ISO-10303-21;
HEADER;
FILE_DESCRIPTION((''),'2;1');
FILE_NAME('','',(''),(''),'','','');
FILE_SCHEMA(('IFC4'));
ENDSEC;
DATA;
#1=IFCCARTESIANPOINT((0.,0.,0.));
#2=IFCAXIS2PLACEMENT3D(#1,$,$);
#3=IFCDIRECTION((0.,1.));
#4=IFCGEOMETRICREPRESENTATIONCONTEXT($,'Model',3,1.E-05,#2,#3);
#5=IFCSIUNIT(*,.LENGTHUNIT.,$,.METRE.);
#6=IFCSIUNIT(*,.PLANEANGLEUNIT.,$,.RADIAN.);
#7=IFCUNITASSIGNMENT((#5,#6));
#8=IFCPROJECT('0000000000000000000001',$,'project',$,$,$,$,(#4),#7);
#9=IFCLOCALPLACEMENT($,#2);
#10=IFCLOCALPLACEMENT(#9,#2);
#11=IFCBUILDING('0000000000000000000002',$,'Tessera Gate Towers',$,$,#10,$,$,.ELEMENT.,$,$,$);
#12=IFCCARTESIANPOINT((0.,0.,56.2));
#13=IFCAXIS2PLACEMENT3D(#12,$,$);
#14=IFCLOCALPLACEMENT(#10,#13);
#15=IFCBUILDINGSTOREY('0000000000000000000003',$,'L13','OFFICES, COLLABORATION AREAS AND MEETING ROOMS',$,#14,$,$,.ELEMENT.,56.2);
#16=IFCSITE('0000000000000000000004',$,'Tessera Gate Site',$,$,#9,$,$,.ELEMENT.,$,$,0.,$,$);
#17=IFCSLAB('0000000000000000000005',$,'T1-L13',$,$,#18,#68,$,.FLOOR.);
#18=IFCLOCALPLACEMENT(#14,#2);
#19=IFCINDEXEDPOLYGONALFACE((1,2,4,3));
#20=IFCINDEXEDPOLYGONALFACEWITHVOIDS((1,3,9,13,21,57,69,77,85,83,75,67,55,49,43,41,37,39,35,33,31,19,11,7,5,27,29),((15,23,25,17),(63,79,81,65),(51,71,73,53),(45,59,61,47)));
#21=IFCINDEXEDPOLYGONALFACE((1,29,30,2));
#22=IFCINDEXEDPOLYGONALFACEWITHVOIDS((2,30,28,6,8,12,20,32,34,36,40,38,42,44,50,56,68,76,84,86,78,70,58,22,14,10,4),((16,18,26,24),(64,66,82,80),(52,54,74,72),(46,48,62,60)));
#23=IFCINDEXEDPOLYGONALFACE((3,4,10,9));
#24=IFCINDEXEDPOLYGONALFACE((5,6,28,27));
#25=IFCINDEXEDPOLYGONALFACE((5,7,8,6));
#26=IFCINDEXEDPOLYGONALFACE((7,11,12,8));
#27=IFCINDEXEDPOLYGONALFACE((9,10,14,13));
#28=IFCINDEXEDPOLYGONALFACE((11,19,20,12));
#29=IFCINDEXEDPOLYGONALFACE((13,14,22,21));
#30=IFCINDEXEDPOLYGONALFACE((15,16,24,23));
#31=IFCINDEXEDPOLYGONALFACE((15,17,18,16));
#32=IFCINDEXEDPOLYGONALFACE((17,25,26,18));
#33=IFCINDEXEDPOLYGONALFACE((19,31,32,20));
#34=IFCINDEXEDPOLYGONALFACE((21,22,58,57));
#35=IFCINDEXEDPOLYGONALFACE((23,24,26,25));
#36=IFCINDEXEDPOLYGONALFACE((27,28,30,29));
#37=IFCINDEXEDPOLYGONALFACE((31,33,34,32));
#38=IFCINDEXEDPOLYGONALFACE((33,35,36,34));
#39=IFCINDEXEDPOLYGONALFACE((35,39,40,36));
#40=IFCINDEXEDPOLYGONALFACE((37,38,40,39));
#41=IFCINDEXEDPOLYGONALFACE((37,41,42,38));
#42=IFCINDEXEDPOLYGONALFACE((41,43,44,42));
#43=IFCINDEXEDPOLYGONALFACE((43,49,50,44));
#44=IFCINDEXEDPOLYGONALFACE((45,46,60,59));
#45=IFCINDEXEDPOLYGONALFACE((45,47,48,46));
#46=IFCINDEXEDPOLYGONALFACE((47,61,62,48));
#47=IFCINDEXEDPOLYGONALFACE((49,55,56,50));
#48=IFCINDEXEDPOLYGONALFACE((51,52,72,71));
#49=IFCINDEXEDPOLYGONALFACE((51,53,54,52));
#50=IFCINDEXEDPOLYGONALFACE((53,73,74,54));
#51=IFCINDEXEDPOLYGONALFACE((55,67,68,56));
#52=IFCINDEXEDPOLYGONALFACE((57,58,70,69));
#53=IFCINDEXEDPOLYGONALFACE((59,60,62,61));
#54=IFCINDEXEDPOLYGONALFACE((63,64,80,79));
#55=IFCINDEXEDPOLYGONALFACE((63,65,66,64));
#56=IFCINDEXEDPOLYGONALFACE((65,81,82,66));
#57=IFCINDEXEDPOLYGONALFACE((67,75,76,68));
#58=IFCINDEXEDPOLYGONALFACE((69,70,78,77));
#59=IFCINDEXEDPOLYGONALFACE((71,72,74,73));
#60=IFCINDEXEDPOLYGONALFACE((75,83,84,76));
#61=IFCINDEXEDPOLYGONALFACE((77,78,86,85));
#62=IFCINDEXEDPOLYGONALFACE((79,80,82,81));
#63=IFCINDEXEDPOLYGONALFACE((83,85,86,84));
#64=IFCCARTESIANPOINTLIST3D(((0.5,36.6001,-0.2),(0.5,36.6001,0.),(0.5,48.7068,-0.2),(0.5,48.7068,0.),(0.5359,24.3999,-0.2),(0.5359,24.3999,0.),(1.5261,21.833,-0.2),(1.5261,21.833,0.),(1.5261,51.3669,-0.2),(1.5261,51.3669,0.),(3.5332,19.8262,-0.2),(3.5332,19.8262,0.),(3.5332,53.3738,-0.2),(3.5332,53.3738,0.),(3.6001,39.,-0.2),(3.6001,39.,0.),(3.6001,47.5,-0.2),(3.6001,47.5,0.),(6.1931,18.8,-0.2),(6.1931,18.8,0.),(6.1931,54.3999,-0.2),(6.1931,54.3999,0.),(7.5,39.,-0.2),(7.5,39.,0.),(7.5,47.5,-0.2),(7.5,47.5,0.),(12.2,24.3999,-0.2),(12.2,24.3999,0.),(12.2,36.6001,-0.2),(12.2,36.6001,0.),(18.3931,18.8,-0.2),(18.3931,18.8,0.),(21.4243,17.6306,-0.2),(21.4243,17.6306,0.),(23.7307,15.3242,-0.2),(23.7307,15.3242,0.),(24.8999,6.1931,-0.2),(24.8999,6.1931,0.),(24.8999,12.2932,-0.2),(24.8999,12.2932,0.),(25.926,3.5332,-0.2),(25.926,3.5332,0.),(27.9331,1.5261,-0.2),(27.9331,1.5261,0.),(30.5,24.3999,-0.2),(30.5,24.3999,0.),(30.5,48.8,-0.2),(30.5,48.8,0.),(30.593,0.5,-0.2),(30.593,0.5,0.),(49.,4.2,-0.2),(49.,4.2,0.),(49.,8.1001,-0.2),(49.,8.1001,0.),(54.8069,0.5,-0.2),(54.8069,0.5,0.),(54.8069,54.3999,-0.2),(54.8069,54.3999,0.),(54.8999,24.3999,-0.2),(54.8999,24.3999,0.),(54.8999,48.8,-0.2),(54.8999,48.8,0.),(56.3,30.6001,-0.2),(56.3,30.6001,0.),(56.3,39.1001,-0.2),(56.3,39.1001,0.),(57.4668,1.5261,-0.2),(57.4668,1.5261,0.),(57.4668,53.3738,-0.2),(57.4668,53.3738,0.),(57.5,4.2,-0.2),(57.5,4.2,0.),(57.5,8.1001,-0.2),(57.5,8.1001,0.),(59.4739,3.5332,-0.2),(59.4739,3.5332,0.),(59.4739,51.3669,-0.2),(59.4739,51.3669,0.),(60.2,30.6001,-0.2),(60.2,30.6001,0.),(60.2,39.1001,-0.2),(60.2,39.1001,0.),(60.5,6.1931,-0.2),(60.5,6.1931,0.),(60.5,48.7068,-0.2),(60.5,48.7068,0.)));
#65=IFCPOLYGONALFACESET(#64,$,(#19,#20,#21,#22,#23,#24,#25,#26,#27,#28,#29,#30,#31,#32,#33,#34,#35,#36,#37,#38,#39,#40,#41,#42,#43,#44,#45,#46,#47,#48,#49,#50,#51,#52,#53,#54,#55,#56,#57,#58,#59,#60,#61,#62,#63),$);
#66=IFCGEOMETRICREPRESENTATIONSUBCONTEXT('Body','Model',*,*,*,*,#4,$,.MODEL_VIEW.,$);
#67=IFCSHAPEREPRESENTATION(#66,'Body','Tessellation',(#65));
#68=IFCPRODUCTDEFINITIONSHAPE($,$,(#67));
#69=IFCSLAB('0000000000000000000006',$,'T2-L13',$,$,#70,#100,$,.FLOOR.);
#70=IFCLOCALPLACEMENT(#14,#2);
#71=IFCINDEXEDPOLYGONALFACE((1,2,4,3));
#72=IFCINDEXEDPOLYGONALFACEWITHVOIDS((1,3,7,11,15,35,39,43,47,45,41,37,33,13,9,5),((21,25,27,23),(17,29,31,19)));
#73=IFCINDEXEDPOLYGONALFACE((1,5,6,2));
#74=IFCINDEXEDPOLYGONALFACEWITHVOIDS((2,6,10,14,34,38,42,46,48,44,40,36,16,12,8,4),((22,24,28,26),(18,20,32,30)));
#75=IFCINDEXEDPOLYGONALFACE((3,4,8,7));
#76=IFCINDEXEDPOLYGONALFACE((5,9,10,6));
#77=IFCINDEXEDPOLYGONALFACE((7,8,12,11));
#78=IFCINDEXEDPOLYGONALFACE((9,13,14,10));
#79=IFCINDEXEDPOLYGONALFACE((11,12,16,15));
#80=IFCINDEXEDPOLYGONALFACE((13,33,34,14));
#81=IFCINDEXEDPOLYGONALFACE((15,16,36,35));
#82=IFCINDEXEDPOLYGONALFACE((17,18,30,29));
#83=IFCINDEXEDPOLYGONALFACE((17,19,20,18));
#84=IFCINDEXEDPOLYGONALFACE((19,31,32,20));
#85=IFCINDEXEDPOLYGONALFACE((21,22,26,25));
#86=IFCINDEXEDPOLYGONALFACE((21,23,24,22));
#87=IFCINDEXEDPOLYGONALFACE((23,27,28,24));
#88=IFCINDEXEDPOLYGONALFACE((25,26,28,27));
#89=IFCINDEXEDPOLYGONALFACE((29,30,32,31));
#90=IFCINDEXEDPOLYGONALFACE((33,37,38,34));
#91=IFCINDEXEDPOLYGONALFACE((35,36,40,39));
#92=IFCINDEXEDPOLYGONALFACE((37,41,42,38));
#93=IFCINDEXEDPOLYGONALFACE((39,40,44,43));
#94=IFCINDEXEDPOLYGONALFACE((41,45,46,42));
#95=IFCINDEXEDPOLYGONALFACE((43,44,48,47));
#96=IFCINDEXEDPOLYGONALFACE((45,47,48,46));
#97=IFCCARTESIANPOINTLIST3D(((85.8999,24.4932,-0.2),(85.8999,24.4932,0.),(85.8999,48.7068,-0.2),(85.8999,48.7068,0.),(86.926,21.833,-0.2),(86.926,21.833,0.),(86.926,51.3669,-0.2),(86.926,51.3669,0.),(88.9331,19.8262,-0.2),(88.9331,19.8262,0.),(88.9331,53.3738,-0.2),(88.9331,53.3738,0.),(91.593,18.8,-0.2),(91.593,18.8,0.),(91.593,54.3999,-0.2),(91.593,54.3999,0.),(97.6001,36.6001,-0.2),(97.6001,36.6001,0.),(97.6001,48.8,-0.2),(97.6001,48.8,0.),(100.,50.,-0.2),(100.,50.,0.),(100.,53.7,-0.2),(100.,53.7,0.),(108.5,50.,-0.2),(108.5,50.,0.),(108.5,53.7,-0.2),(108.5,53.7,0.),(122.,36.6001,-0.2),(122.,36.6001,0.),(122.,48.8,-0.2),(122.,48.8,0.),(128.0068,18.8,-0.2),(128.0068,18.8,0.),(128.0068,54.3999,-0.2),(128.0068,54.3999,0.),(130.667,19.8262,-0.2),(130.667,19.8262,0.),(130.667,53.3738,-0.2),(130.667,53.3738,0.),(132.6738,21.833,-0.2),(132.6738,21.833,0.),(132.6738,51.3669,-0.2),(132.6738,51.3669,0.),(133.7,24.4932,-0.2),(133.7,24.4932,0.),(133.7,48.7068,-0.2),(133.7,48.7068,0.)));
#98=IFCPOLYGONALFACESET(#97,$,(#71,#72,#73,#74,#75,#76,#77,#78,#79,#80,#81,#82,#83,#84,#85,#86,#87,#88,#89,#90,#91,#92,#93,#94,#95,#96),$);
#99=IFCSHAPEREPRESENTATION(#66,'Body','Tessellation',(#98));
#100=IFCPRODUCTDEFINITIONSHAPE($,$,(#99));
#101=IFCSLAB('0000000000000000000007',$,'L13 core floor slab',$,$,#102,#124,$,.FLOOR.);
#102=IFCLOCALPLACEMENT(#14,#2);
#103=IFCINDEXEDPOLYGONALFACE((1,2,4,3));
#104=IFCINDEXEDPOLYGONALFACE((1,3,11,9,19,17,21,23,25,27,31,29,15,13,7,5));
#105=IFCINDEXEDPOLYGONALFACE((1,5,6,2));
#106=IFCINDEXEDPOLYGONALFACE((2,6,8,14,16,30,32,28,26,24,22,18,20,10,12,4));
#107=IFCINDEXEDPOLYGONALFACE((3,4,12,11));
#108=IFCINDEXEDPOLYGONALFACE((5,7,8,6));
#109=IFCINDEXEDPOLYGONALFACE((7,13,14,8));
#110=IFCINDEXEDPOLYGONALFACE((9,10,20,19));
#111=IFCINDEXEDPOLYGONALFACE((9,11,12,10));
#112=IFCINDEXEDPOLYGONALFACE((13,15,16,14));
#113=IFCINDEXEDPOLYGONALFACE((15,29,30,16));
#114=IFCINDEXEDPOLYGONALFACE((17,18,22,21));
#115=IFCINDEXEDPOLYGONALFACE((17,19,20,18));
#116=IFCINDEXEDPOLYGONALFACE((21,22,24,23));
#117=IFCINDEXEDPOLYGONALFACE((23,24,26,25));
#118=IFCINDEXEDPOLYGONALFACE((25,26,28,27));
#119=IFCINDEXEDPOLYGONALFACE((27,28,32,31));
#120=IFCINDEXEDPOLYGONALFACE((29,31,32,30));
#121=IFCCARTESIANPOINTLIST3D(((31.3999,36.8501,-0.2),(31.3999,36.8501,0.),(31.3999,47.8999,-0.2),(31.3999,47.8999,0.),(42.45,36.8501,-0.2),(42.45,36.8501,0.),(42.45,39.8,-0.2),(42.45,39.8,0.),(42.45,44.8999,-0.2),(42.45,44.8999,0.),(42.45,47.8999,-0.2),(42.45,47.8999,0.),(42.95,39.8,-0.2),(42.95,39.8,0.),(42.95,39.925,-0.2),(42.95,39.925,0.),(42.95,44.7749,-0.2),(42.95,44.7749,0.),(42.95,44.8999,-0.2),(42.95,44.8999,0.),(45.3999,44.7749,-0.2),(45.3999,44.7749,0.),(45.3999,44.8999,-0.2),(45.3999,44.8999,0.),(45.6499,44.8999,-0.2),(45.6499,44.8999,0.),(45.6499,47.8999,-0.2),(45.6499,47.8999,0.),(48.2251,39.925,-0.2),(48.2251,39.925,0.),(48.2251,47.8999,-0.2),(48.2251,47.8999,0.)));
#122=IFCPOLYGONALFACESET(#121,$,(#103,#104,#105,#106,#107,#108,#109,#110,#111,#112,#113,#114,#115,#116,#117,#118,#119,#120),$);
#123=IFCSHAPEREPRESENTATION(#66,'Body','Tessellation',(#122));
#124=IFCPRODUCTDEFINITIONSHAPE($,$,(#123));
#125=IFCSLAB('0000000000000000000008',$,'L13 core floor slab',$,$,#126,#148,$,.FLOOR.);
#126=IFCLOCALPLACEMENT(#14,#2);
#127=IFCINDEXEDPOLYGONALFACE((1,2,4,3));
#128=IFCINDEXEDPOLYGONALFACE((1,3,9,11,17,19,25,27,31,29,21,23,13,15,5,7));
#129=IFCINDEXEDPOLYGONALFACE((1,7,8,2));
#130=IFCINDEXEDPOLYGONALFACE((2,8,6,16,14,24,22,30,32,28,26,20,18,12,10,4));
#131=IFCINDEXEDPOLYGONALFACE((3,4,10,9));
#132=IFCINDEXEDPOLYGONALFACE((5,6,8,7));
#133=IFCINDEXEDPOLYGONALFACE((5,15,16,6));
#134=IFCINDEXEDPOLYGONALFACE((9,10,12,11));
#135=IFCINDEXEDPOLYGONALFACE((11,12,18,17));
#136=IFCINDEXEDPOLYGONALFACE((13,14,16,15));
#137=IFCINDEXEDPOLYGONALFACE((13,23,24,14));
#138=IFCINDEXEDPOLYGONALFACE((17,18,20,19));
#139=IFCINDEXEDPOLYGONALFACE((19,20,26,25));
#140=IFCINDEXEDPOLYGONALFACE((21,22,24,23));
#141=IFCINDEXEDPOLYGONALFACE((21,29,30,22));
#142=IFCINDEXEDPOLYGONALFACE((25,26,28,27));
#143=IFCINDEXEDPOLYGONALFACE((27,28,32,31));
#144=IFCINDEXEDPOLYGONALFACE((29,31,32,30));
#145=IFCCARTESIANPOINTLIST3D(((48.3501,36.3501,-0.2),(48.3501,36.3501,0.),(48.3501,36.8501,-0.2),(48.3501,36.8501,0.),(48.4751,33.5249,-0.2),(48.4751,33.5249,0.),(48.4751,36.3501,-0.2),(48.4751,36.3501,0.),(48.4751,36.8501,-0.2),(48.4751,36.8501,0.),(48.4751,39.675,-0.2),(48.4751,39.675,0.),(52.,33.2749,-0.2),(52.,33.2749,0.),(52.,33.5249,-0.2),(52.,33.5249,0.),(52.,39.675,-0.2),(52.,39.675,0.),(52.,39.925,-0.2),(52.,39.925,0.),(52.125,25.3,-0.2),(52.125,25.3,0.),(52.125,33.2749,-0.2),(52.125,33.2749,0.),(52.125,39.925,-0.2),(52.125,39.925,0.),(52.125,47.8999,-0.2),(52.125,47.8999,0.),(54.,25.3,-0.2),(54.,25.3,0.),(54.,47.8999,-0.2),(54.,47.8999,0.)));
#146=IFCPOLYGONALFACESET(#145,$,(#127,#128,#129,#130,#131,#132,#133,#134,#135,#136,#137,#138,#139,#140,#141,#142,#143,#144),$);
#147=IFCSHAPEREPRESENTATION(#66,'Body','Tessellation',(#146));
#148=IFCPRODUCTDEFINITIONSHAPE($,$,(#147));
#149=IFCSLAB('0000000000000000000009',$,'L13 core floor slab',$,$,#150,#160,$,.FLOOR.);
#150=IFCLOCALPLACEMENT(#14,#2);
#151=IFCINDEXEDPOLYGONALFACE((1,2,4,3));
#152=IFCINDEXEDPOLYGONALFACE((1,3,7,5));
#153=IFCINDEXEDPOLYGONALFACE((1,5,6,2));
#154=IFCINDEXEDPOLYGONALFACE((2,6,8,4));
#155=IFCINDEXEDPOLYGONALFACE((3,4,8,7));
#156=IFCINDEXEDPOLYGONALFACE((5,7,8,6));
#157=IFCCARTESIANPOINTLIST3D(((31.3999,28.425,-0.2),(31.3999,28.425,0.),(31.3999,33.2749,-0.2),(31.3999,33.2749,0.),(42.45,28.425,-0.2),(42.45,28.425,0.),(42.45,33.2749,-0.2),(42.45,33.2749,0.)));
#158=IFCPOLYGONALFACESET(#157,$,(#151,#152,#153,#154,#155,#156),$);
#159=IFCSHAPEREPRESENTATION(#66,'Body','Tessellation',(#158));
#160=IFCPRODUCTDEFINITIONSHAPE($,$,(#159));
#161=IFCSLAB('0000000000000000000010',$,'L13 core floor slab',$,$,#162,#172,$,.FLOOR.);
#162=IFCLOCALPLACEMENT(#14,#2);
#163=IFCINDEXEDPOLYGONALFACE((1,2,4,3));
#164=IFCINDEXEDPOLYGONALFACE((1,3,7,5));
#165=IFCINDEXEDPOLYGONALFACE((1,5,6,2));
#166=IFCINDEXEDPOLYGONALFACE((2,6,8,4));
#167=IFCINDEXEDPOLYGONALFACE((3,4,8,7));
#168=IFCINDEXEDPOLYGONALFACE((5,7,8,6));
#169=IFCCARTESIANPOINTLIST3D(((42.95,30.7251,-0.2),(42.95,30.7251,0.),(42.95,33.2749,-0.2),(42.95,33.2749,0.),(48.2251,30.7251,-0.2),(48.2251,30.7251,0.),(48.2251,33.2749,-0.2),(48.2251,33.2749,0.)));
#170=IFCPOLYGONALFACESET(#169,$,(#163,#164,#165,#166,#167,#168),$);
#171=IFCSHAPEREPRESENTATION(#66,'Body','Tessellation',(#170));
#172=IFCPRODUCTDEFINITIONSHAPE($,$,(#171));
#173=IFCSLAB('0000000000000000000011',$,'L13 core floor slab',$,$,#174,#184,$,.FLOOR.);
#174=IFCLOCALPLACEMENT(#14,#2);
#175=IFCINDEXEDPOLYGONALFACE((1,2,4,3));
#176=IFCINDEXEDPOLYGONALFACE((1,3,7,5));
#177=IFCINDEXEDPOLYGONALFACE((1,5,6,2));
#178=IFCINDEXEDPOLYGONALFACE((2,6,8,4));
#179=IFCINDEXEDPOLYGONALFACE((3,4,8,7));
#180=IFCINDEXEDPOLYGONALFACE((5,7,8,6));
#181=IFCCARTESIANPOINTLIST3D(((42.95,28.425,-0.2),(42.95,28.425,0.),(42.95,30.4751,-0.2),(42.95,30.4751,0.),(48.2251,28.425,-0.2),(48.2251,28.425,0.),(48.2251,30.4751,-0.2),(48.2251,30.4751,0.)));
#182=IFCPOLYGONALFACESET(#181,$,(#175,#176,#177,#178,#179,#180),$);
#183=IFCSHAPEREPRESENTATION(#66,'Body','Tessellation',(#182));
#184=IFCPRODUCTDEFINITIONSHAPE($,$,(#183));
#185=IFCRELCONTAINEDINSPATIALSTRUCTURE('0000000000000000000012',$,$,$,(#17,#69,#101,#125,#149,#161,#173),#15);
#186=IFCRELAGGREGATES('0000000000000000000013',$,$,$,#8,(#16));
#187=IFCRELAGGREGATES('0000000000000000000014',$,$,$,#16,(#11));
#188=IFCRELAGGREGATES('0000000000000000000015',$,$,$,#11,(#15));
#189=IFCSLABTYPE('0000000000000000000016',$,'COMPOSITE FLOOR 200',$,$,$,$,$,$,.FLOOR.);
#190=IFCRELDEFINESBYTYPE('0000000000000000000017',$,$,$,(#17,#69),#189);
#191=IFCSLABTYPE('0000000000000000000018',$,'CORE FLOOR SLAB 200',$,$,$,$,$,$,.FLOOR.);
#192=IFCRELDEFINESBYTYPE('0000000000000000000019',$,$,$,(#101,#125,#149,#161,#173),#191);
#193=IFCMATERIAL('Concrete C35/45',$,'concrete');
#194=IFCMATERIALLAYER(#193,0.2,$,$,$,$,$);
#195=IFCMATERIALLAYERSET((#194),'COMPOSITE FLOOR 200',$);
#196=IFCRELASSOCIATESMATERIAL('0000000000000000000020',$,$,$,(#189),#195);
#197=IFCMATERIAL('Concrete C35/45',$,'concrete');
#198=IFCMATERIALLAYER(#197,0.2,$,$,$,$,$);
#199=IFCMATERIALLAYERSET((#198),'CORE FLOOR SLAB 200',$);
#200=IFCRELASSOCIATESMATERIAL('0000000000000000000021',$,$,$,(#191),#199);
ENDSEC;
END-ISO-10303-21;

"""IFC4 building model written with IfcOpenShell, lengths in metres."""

from ifc_helpers import new_model, si_unit, direction, frame, origin, place, context, subcontext, project, spatial, polyline, outline, extrude, material, layer, layer_set, type_object, element, save


model = new_model("IFC4")

# Units and contexts
model_context = context("Model", 3, precision=1e-05, world=origin(), true_north=direction((0.0, 1.0)))
body_context = subcontext(model_context, "Body", "Model", "MODEL_VIEW")
ifc_project = project(units=[si_unit("LENGTHUNIT", "METRE"), si_unit("PLANEANGLEUNIT", "RADIAN")], contexts=[model_context])

# Site, building, storey
site_placement = place(None, origin())
site = spatial("IfcSite", under=ifc_project, at=site_placement, Name="Tessera Gate Site", CompositionType="ELEMENT", RefElevation=0.0)
building_placement = place(site_placement, origin())
building = spatial("IfcBuilding", under=site, at=building_placement, Name="Tessera Gate Towers", CompositionType="ELEMENT")
storey_placement = place(building_placement, frame((0.0, 0.0, 56.2)))
storey = spatial("IfcBuildingStorey", under=building, at=storey_placement, Name="L13", Description="OFFICES, COLLABORATION AREAS AND MEETING ROOMS", CompositionType="ELEMENT", Elevation=56.2)

# Slabs
ifc_material_1 = material(Name="Concrete C35/45", Category="concrete")
ifc_layer_1 = layer(ifc_material_1, 0.2)
ifc_layer_set_1 = layer_set([ifc_layer_1], Name="COMPOSITE FLOOR 200")
slab_type_1 = type_object("IfcSlabType", Name="COMPOSITE FLOOR 200", PredefinedType="FLOOR", material=ifc_layer_set_1)
slab_1_placement = place(storey_placement, frame((0.0, 0.0, -0.2)))
element("IfcSlab", 1, at=slab_1_placement, inside=storey, type_object=slab_type_1, Name="T1-L13", PredefinedType="FLOOR", context=body_context, shape_type="SweptSolid", body=[
    extrude(outline(polyline([(0.5, 36.6001), (12.2, 36.6001), (12.2, 24.3999), (0.5359, 24.3999), (1.5261, 21.833), (3.5332, 19.8262), (6.1931, 18.8), (18.3931, 18.8), (21.4243, 17.6306), (23.7307, 15.3242), (24.8999, 12.2932), (24.8999, 6.1931), (25.926, 3.5332), (27.9331, 1.5261), (30.593, 0.5), (54.8069, 0.5), (57.4668, 1.5261), (59.4739, 3.5332), (60.5, 6.1931), (60.5, 48.7068), (59.4739, 51.3669), (57.4668, 53.3738), (54.8069, 54.3999), (6.1931, 54.3999), (3.5332, 53.3738), (1.5261, 51.3669), (0.5, 48.7068), (0.5, 36.6001)]), holes=[polyline([(3.6001, 39.0), (3.6001, 47.5), (7.5, 47.5), (7.5, 39.0), (3.6001, 39.0)]), polyline([(30.5, 24.3999), (30.5, 48.8), (54.8999, 48.8), (54.8999, 24.3999), (30.5, 24.3999)]), polyline([(49.0, 4.2), (49.0, 8.1001), (57.5, 8.1001), (57.5, 4.2), (49.0, 4.2)]), polyline([(56.3, 30.6001), (56.3, 39.1001), (60.2, 39.1001), (60.2, 30.6001), (56.3, 30.6001)])]), origin(), (0.0, 0.0, 1.0), 0.2),
])
slab_2_placement = place(storey_placement, frame((0.0, 0.0, -0.2)))
element("IfcSlab", 2, at=slab_2_placement, inside=storey, type_object=slab_type_1, Name="T2-L13", PredefinedType="FLOOR", context=body_context, shape_type="SweptSolid", body=[
    extrude(outline(polyline([(85.8999, 24.4932), (86.926, 21.833), (88.9331, 19.8262), (91.593, 18.8), (128.0068, 18.8), (130.667, 19.8262), (132.6738, 21.833), (133.7, 24.4932), (133.7, 48.7068), (132.6738, 51.3669), (130.667, 53.3738), (128.0068, 54.3999), (91.593, 54.3999), (88.9331, 53.3738), (86.926, 51.3669), (85.8999, 48.7068), (85.8999, 24.4932)]), holes=[polyline([(97.6001, 36.6001), (97.6001, 48.8), (122.0, 48.8), (122.0, 36.6001), (97.6001, 36.6001)]), polyline([(100.0, 50.0), (100.0, 53.7), (108.5, 53.7), (108.5, 50.0), (100.0, 50.0)])]), origin(), (0.0, 0.0, 1.0), 0.2),
])
ifc_material_2 = material(Name="Concrete C35/45", Category="concrete")
ifc_layer_2 = layer(ifc_material_2, 0.2)
ifc_layer_set_2 = layer_set([ifc_layer_2], Name="CORE FLOOR SLAB 200")
slab_type_2 = type_object("IfcSlabType", Name="CORE FLOOR SLAB 200", PredefinedType="FLOOR", material=ifc_layer_set_2)
slab_3_placement = place(storey_placement, frame((0.0, 0.0, -0.2)))
element("IfcSlab", 3, at=slab_3_placement, inside=storey, type_object=slab_type_2, Name="L13 core floor slab", PredefinedType="FLOOR", context=body_context, shape_type="SweptSolid", body=[
    extrude(outline(polyline([(31.3999, 47.8999), (31.3999, 36.8501), (42.45, 36.8501), (42.45, 39.8), (42.95, 39.8), (42.95, 39.925), (48.2251, 39.925), (48.2251, 47.8999), (45.6499, 47.8999), (45.6499, 44.8999), (45.3999, 44.8999), (45.3999, 44.7749), (42.95, 44.7749), (42.95, 44.8999), (42.45, 44.8999), (42.45, 47.8999), (31.3999, 47.8999)])), origin(), (0.0, 0.0, 1.0), 0.2),
])
slab_4_placement = place(storey_placement, frame((0.0, 0.0, -0.2)))
element("IfcSlab", 4, at=slab_4_placement, inside=storey, type_object=slab_type_2, Name="L13 core floor slab", PredefinedType="FLOOR", context=body_context, shape_type="SweptSolid", body=[
    extrude(outline(polyline([(48.3501, 36.8501), (48.3501, 36.3501), (48.4751, 36.3501), (48.4751, 33.5249), (52.0, 33.5249), (52.0, 33.2749), (52.125, 33.2749), (52.125, 25.3), (54.0, 25.3), (54.0, 47.8999), (52.125, 47.8999), (52.125, 39.925), (52.0, 39.925), (52.0, 39.675), (48.4751, 39.675), (48.4751, 36.8501), (48.3501, 36.8501)])), origin(), (0.0, 0.0, 1.0), 0.2),
])
slab_5_placement = place(storey_placement, frame((0.0, 0.0, -0.2)))
element("IfcSlab", 5, at=slab_5_placement, inside=storey, type_object=slab_type_2, Name="L13 core floor slab", PredefinedType="FLOOR", context=body_context, shape_type="SweptSolid", body=[
    extrude(outline(polyline([(42.45, 28.425), (42.45, 33.2749), (31.3999, 33.2749), (31.3999, 28.425), (42.45, 28.425)])), origin(), (0.0, 0.0, 1.0), 0.2),
])
slab_6_placement = place(storey_placement, frame((0.0, 0.0, -0.2)))
element("IfcSlab", 6, at=slab_6_placement, inside=storey, type_object=slab_type_2, Name="L13 core floor slab", PredefinedType="FLOOR", context=body_context, shape_type="SweptSolid", body=[
    extrude(outline(polyline([(42.95, 33.2749), (42.95, 30.7251), (48.2251, 30.7251), (48.2251, 33.2749), (42.95, 33.2749)])), origin(), (0.0, 0.0, 1.0), 0.2),
])
slab_7_placement = place(storey_placement, frame((0.0, 0.0, -0.2)))
element("IfcSlab", 7, at=slab_7_placement, inside=storey, type_object=slab_type_2, Name="L13 core floor slab", PredefinedType="FLOOR", context=body_context, shape_type="SweptSolid", body=[
    extrude(outline(polyline([(42.95, 30.4751), (42.95, 28.425), (48.2251, 28.425), (48.2251, 30.4751), (42.95, 30.4751)])), origin(), (0.0, 0.0, 1.0), 0.2),
])

save(model, "model.ifc")
